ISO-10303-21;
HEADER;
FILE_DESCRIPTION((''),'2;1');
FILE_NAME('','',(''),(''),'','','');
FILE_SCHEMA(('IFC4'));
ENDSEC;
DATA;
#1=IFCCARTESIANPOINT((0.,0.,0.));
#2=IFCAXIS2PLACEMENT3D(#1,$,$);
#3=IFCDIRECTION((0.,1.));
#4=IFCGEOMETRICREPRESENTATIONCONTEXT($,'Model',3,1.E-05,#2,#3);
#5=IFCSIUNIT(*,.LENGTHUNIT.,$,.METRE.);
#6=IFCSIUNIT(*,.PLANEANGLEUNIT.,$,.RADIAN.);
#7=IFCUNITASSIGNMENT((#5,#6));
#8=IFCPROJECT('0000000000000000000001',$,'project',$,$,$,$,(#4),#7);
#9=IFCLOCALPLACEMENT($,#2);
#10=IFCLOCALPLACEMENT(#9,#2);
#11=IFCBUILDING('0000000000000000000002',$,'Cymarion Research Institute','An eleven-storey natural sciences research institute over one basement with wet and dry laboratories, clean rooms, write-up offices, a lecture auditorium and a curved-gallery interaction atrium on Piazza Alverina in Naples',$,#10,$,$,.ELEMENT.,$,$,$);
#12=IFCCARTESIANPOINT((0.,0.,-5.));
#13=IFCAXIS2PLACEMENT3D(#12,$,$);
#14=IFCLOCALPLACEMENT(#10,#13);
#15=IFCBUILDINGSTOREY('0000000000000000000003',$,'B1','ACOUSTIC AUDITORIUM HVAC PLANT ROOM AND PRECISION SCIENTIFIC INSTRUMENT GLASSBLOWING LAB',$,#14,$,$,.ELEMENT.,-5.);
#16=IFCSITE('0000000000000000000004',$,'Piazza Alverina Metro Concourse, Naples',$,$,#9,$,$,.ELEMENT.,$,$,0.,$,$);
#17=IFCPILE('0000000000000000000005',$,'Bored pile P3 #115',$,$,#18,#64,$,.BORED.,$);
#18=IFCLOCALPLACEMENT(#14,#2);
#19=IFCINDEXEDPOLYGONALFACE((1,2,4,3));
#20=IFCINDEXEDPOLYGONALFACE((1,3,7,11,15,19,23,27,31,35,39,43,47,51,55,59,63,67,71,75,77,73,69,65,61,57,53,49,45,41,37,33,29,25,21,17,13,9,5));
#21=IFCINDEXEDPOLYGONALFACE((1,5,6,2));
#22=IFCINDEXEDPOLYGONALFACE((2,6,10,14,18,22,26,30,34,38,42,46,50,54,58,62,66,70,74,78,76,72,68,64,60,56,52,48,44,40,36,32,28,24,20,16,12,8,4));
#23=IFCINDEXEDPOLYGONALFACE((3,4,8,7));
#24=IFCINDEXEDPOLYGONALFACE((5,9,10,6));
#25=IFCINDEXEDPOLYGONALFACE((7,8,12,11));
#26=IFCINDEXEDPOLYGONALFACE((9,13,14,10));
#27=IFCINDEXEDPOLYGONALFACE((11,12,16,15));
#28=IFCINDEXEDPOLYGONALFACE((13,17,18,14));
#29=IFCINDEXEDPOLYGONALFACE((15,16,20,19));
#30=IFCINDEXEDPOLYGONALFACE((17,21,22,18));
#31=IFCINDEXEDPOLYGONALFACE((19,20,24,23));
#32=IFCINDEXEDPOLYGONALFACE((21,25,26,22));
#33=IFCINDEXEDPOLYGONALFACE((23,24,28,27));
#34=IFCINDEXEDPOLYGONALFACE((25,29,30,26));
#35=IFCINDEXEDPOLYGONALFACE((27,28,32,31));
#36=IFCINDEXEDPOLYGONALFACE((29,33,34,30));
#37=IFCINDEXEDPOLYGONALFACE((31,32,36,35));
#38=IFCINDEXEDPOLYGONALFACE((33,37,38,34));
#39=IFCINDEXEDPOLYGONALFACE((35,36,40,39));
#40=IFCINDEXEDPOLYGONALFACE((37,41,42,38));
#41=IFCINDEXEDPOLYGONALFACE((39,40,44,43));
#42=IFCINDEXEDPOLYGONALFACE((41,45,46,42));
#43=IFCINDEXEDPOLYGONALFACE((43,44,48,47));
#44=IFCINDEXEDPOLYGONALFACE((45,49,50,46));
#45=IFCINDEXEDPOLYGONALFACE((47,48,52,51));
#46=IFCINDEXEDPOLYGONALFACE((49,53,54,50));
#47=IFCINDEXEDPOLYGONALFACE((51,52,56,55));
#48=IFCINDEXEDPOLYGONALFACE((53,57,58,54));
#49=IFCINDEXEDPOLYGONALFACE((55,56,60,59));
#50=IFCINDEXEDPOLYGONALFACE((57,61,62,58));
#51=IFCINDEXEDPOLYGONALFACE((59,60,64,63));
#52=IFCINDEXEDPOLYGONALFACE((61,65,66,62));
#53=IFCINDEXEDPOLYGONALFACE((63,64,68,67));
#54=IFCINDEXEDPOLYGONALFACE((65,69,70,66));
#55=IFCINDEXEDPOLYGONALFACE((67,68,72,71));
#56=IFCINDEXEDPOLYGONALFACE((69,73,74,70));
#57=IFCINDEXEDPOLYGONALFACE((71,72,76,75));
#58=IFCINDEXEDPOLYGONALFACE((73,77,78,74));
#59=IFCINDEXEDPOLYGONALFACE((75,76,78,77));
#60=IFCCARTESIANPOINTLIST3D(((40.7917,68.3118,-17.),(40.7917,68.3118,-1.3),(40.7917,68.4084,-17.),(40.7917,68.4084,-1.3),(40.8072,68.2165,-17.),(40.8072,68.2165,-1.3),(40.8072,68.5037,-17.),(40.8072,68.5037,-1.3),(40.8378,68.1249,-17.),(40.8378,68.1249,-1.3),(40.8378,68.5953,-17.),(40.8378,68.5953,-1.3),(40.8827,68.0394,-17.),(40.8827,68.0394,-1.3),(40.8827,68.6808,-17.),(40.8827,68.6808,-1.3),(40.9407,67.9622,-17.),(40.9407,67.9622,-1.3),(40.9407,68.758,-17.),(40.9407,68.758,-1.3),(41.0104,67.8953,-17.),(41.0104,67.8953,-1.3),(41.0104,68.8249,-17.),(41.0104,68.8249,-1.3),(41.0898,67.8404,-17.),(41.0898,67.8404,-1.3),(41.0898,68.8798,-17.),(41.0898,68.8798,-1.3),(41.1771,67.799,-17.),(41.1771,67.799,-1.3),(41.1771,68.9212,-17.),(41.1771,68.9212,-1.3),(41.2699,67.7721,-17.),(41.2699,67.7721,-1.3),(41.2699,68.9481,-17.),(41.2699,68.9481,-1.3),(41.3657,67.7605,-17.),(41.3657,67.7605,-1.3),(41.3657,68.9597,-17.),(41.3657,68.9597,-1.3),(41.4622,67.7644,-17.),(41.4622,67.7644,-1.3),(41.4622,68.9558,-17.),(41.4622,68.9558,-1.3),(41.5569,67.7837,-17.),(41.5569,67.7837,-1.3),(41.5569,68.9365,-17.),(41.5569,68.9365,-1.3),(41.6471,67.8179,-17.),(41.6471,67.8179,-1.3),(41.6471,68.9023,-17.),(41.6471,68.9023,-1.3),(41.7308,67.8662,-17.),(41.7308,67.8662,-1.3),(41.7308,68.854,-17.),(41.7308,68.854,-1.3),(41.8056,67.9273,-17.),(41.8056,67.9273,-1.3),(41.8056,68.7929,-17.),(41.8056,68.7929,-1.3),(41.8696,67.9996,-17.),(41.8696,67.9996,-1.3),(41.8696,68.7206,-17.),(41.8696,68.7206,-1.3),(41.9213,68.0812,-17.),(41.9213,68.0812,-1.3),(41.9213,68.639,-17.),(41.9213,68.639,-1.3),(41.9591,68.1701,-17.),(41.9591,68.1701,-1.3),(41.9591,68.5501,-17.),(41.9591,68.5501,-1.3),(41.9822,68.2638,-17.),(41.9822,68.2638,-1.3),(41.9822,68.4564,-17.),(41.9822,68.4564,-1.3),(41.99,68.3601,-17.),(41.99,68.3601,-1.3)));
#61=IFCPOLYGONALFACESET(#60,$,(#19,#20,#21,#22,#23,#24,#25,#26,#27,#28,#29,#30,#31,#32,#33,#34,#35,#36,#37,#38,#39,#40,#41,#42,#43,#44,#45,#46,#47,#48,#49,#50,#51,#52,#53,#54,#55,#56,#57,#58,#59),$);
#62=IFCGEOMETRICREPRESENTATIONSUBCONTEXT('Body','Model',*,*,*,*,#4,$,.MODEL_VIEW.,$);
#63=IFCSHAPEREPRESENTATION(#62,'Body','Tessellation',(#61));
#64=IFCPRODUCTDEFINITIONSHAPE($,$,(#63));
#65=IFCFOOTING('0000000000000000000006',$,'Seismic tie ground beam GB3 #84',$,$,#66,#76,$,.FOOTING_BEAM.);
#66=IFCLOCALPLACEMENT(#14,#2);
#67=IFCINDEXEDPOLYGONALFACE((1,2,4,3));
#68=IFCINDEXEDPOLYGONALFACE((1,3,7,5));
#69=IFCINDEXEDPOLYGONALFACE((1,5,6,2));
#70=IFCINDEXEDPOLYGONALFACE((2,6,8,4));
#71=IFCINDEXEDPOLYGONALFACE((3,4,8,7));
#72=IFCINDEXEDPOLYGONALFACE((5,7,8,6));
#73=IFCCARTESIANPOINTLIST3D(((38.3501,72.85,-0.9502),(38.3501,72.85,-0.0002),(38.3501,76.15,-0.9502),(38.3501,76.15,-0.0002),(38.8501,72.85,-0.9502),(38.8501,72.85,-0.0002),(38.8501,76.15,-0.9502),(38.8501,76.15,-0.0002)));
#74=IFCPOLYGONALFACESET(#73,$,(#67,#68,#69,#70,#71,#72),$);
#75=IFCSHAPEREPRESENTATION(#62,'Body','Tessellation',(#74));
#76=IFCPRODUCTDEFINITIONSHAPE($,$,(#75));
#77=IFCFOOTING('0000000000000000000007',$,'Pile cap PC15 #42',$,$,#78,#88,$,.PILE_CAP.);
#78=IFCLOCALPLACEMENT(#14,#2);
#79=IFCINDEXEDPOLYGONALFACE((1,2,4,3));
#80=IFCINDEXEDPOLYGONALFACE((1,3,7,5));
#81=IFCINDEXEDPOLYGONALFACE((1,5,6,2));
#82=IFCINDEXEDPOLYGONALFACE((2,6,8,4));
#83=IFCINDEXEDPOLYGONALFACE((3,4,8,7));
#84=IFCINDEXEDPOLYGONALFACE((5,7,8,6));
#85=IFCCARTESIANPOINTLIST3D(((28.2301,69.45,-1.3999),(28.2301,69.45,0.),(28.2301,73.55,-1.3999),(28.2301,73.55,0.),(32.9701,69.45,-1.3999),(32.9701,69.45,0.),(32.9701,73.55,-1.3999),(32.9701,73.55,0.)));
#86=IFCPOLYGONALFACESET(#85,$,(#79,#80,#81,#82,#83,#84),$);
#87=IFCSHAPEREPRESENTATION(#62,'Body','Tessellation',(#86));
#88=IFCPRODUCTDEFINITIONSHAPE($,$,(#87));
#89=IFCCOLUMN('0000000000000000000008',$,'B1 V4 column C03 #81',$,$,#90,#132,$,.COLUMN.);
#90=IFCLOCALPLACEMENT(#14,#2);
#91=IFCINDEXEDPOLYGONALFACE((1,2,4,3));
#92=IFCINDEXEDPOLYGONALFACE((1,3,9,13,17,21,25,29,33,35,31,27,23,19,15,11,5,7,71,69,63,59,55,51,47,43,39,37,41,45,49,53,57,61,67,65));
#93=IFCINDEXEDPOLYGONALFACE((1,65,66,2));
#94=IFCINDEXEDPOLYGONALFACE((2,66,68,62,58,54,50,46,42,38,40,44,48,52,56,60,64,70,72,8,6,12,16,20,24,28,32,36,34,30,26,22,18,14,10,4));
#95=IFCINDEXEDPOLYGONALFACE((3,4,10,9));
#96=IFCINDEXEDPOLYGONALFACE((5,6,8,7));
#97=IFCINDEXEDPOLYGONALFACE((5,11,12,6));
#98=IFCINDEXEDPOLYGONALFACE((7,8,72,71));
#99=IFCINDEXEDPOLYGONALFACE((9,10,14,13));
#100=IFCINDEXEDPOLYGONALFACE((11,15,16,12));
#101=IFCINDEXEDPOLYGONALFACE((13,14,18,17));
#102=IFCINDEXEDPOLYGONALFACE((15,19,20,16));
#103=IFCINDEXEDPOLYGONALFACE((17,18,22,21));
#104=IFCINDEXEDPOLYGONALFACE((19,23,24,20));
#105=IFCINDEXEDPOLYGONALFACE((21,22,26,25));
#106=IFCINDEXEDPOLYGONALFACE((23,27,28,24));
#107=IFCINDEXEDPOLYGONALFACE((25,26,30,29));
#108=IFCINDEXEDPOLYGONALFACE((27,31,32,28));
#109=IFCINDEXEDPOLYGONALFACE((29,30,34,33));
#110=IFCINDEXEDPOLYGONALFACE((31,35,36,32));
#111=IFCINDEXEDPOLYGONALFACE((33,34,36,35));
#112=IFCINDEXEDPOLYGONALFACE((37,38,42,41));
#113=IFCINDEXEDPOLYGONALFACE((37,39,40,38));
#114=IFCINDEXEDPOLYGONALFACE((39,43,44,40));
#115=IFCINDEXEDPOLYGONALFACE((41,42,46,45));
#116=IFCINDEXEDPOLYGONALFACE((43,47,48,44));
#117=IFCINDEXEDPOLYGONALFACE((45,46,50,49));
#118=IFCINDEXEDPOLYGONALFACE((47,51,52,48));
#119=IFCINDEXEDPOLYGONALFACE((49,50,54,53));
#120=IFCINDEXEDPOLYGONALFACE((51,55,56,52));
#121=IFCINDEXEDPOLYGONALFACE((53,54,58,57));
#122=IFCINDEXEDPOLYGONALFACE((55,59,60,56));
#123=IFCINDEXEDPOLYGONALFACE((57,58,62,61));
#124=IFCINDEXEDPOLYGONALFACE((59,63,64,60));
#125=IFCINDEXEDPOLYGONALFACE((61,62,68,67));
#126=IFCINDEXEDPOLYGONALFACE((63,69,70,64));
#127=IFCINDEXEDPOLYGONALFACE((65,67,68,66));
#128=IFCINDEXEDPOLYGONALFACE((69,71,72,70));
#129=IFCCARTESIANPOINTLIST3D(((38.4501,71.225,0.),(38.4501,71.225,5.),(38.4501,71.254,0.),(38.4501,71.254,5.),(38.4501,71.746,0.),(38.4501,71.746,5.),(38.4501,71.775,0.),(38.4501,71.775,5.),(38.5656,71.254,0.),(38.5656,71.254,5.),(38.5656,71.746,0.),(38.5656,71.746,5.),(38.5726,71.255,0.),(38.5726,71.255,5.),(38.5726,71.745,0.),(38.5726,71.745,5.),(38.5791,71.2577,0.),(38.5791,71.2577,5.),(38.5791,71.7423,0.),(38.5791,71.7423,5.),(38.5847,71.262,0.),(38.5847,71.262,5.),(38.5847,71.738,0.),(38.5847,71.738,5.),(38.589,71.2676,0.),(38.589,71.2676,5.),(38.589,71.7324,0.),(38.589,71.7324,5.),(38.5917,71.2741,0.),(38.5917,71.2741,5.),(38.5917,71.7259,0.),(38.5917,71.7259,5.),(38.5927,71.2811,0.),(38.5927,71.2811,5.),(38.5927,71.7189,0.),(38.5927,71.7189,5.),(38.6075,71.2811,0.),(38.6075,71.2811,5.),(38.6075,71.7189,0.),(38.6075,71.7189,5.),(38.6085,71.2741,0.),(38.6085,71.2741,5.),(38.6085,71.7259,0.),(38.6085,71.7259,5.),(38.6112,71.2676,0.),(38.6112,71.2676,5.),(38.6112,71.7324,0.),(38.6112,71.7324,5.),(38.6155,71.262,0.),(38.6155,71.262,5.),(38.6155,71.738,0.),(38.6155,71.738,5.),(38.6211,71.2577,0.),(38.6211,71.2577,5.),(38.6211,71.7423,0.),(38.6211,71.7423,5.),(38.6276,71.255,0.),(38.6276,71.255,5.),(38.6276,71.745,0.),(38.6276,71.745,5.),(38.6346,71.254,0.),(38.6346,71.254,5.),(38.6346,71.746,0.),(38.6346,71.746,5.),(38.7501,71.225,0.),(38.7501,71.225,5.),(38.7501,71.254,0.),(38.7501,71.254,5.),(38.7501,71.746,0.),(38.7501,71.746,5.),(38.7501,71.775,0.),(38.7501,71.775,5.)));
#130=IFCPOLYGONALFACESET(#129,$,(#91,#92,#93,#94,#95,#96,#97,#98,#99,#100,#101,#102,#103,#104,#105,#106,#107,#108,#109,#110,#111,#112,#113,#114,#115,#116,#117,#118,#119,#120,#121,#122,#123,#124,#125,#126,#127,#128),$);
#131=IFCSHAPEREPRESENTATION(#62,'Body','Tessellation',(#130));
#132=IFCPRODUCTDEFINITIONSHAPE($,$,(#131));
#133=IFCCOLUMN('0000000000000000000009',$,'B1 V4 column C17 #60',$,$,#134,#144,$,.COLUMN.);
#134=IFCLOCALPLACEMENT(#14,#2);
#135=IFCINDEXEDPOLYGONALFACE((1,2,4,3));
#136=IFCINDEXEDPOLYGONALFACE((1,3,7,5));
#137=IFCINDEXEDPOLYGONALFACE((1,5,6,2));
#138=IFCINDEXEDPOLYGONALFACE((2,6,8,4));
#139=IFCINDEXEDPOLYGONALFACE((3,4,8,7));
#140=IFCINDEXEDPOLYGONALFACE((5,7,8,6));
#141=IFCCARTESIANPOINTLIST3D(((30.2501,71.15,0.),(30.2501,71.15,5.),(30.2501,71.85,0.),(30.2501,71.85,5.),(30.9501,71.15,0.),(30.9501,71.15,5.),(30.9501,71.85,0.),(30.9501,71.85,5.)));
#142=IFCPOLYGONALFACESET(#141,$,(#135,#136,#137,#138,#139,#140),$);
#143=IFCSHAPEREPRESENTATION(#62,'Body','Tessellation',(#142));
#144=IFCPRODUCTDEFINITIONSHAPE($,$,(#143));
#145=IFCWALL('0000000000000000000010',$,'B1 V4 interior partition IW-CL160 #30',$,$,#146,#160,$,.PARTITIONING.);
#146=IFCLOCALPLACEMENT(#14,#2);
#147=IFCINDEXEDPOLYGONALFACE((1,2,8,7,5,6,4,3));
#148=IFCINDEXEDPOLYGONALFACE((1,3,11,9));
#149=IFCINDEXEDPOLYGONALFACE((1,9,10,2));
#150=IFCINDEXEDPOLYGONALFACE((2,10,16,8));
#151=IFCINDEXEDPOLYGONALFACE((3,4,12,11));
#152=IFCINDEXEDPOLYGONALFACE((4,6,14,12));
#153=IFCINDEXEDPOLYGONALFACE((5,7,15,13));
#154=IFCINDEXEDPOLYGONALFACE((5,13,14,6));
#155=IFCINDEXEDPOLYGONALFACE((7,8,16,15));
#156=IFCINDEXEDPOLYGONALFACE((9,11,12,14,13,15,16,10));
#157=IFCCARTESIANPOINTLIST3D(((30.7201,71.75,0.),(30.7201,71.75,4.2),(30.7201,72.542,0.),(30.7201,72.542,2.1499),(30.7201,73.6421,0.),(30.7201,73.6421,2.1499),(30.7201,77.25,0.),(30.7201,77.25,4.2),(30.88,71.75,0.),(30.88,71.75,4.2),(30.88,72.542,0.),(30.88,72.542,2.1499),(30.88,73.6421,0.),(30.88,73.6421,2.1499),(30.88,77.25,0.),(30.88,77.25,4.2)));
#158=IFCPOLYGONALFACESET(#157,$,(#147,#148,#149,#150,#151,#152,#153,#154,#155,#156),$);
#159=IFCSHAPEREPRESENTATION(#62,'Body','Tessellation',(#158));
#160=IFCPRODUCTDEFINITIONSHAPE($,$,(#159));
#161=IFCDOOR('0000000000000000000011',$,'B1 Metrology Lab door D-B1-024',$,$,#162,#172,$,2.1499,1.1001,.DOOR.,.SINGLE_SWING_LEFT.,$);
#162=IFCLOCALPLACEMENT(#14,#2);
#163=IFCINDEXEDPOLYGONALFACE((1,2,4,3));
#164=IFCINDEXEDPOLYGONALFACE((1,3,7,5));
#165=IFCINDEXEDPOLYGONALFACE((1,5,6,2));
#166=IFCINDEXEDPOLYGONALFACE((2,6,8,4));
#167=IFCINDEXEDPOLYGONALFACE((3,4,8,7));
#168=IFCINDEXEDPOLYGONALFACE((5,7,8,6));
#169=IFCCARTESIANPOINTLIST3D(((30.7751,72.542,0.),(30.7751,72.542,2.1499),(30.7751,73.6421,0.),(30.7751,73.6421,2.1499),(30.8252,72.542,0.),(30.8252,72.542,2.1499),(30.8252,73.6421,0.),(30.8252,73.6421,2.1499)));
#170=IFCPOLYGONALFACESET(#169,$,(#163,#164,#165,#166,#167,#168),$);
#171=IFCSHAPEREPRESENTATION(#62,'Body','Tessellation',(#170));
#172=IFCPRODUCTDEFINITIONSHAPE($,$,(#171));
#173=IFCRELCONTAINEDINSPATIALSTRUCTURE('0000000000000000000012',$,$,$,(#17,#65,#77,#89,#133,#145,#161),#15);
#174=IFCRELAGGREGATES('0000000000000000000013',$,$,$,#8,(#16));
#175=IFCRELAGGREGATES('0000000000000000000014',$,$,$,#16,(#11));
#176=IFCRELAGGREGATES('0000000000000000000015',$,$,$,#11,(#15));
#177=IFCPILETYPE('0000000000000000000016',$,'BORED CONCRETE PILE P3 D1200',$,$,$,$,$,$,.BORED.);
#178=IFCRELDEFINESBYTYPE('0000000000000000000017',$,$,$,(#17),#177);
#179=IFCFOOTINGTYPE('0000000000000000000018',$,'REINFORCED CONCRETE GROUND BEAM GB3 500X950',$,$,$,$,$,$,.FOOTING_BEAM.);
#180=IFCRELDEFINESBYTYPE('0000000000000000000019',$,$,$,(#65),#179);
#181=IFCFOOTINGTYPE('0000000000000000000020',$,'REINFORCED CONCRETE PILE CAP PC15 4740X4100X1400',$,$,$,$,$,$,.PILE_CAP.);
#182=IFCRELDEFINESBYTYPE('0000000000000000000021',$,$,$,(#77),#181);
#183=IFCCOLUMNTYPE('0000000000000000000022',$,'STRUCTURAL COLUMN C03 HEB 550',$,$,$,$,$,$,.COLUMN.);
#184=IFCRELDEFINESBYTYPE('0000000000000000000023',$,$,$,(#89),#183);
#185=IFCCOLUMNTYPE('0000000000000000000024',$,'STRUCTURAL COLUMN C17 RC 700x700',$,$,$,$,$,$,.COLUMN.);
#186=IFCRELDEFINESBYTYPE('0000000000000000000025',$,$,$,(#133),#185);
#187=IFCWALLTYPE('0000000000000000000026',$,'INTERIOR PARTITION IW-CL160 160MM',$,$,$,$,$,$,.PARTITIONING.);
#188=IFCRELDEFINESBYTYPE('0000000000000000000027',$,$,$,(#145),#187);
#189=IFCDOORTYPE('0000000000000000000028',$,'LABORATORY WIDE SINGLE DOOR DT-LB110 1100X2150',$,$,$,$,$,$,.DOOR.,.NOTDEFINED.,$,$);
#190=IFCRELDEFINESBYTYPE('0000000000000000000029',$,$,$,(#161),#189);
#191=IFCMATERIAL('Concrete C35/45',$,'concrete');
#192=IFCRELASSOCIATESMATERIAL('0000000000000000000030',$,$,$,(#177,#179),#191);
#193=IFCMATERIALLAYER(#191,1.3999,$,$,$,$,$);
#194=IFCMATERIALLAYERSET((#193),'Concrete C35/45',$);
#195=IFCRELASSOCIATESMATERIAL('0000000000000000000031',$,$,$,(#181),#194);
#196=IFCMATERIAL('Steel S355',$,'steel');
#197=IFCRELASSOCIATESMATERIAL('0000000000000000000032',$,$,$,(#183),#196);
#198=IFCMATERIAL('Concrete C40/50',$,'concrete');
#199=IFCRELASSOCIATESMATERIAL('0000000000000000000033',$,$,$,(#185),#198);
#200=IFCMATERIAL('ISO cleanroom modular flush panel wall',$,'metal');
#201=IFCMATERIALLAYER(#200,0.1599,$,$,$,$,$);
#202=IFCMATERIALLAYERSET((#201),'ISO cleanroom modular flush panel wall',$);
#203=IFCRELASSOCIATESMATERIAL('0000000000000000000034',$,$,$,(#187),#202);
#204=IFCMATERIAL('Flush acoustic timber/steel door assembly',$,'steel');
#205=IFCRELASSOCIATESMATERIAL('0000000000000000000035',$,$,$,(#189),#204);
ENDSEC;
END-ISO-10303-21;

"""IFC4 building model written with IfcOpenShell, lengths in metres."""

from ifc_helpers import new_model, si_unit, direction, frame, frame_2d, origin, origin_2d, place, context, subcontext, project, spatial, rectangle, circle, i_section, extrude, material, layer, layer_set, material_profile, profile_set, type_object, element, fill, save


model = new_model("IFC4")

# Units and contexts
model_context = context("Model", 3, precision=1e-05, world=origin(), true_north=direction((0.0, 1.0)))
body_context = subcontext(model_context, "Body", "Model", "MODEL_VIEW")
ifc_project = project(units=[si_unit("LENGTHUNIT", "METRE"), si_unit("PLANEANGLEUNIT", "RADIAN")], contexts=[model_context])

# Site, building, storey
site_placement = place(None, origin())
site = spatial("IfcSite", under=ifc_project, at=site_placement, Name="Piazza Alverina Metro Concourse, Naples", CompositionType="ELEMENT", RefElevation=0.0)
building_placement = place(site_placement, origin())
building = spatial("IfcBuilding", under=site, at=building_placement, Name="Cymarion Research Institute", Description="An eleven-storey natural sciences research institute over one basement with wet and dry laboratories, clean rooms, write-up offices, a lecture auditorium and a curved-gallery interaction atrium on Piazza Alverina in Naples", CompositionType="ELEMENT")
storey_placement = place(building_placement, frame((0.0, 0.0, -5.0)))
storey = spatial("IfcBuildingStorey", under=building, at=storey_placement, Name="B1", Description="ACOUSTIC AUDITORIUM HVAC PLANT ROOM AND PRECISION SCIENTIFIC INSTRUMENT GLASSBLOWING LAB", CompositionType="ELEMENT", Elevation=-5.0)

# Pile
ifc_material_1 = material(Name="Concrete C35/45", Category="concrete")
ifc_material_profile_1 = material_profile(ifc_material_1, circle(Radius=0.6001, at=origin_2d()), Name="BORED PILE D1200")
ifc_profile_set_1 = profile_set([ifc_material_profile_1], Name="Concrete C35/45")
pile_type_1 = type_object("IfcPileType", Name="BORED CONCRETE PILE P3 D1200", PredefinedType="BORED", material=ifc_profile_set_1)
for number, where, z_axis, x_axis, name in (
    (1, (41.3899, 68.3601, -1.3), (0.0, 0.0, -1.0), (1.0, 0.0, 0.0), "Bored pile P3 #115"),
):
    element("IfcPile", number, at=place(storey_placement, frame(where, z_axis=z_axis, x_axis=x_axis)), inside=storey, type_object=pile_type_1, Name=name, PredefinedType="BORED", context=body_context, shape_type="SweptSolid", body=[
        extrude(circle(Radius=0.6001, at=origin_2d()), origin(), (0.0, 0.0, 1.0), 15.7),
    ])

# Footings
footing_type_1 = type_object("IfcFootingType", Name="REINFORCED CONCRETE GROUND BEAM GB3 500X950", PredefinedType="FOOTING_BEAM", material=ifc_material_1)
footing_1_placement = place(storey_placement, frame((38.6001, 74.5, -0.9502), z_axis=(0.0, 0.0, 1.0), x_axis=(0.0, 1.0, 0.0)))
element("IfcFooting", 2, at=footing_1_placement, inside=storey, type_object=footing_type_1, Name="Seismic tie ground beam GB3 #84", PredefinedType="FOOTING_BEAM", context=body_context, shape_type="SweptSolid", body=[
    extrude(rectangle(XDim=3.3, YDim=0.5, at=origin_2d()), origin(), (0.0, 0.0, 1.0), 0.95),
])
ifc_layer_1 = layer(ifc_material_1, 1.3999)
ifc_layer_set_1 = layer_set([ifc_layer_1], Name="Concrete C35/45")
footing_type_2 = type_object("IfcFootingType", Name="REINFORCED CONCRETE PILE CAP PC15 4740X4100X1400", PredefinedType="PILE_CAP", material=ifc_layer_set_1)
footing_2_placement = place(storey_placement, frame((30.6001, 71.5, -1.3999), z_axis=(0.0, 0.0, 1.0), x_axis=(1.0, 0.0, 0.0)))
element("IfcFooting", 3, at=footing_2_placement, inside=storey, type_object=footing_type_2, Name="Pile cap PC15 #42", PredefinedType="PILE_CAP", context=body_context, shape_type="SweptSolid", body=[
    extrude(rectangle(XDim=4.74, YDim=4.1001, at=origin_2d()), origin(), (0.0, 0.0, 1.0), 1.3999),
])

# Columns
ifc_material_2 = material(Name="Steel S355", Category="steel")
ifc_material_profile_2 = material_profile(ifc_material_2, i_section(OverallWidth=0.3, OverallDepth=0.55, WebThickness=0.0149, FlangeThickness=0.0291, FilletRadius=0.0271, at=origin_2d()), Name="HEB 550")
ifc_profile_set_2 = profile_set([ifc_material_profile_2], Name="Steel S355")
column_type_1 = type_object("IfcColumnType", Name="STRUCTURAL COLUMN C03 HEB 550", PredefinedType="COLUMN", material=ifc_profile_set_2)
column_1_placement = place(storey_placement, frame((38.6001, 71.5, 0.0), z_axis=(0.0, 0.0, 1.0), x_axis=(1.0, 0.0, 0.0)))
element("IfcColumn", 4, at=column_1_placement, inside=storey, type_object=column_type_1, Name="B1 V4 column C03 #81", PredefinedType="COLUMN", context=body_context, shape_type="SweptSolid", body=[
    extrude(i_section(OverallWidth=0.3, OverallDepth=0.55, WebThickness=0.0149, FlangeThickness=0.0291, FilletRadius=0.0271, at=origin_2d()), origin(), (0.0, 0.0, 1.0), 5.0),
])
ifc_material_3 = material(Name="Concrete C40/50", Category="concrete")
ifc_material_profile_3 = material_profile(ifc_material_3, rectangle(XDim=0.7, YDim=0.7, at=origin_2d()), Name="RC 700x700")
ifc_profile_set_3 = profile_set([ifc_material_profile_3], Name="Concrete C40/50")
column_type_2 = type_object("IfcColumnType", Name="STRUCTURAL COLUMN C17 RC 700x700", PredefinedType="COLUMN", material=ifc_profile_set_3)
column_2_placement = place(storey_placement, frame((30.6001, 71.5, 0.0), z_axis=(0.0, 0.0, 1.0), x_axis=(1.0, 0.0, 0.0)))
element("IfcColumn", 5, at=column_2_placement, inside=storey, type_object=column_type_2, Name="B1 V4 column C17 #60", PredefinedType="COLUMN", context=body_context, shape_type="SweptSolid", body=[
    extrude(rectangle(XDim=0.7, YDim=0.7, at=origin_2d()), origin(), (0.0, 0.0, 1.0), 5.0),
])

# Wall, opening, door
ifc_material_4 = material(Name="ISO cleanroom modular flush panel wall", Category="metal")
ifc_layer_2 = layer(ifc_material_4, 0.1599)
ifc_layer_set_2 = layer_set([ifc_layer_2], Name="ISO cleanroom modular flush panel wall")
wall_type_1 = type_object("IfcWallType", Name="INTERIOR PARTITION IW-CL160 160MM", PredefinedType="PARTITIONING", material=ifc_layer_set_2)
wall_1_placement = place(storey_placement, frame((30.8, 71.75, 0.0), z_axis=(0.0, 0.0, 1.0), x_axis=(0.0, 1.0, 0.0)))
wall_1 = element("IfcWall", 6, at=wall_1_placement, inside=storey, type_object=wall_type_1, Name="B1 V4 interior partition IW-CL160 #30", PredefinedType="PARTITIONING", context=body_context, shape_type="SweptSolid", body=[
    extrude(rectangle(XDim=5.5, YDim=0.1599, at=frame_2d((2.75, 0.0))), origin(), (0.0, 0.0, 1.0), 4.2),
])
opening_1_placement = place(wall_1_placement, frame((0.792, 0.0, 0.0)))
opening_1 = element("IfcOpeningElement", 7, at=opening_1_placement, cuts=wall_1, PredefinedType="OPENING", context=body_context, shape_type="SweptSolid", body=[
    extrude(rectangle(XDim=1.1001, YDim=2.1499, at=frame_2d((0.55, 1.075))), frame((0.0, 0.0898, 0.0), z_axis=(0.0, -1.0, 0.0), x_axis=(1.0, 0.0, 0.0)), (0.0, 0.0, 1.0), 0.1799),
])
ifc_material_5 = material(Name="Flush acoustic timber/steel door assembly", Category="steel")
door_type_1 = type_object("IfcDoorType", Name="LABORATORY WIDE SINGLE DOOR DT-LB110 1100X2150", OperationType="NOTDEFINED", PredefinedType="DOOR", material=ifc_material_5)
door_1_placement = place(opening_1_placement, origin())
door_1 = element("IfcDoor", 8, at=door_1_placement, inside=storey, type_object=door_type_1, Name="B1 Metrology Lab door D-B1-024", OperationType="SINGLE_SWING_LEFT", OverallHeight=2.1499, OverallWidth=1.1001, PredefinedType="DOOR", context=body_context, shape_type="SweptSolid", body=[
    extrude(rectangle(XDim=1.1001, YDim=2.1499, at=frame_2d((0.55, 1.075))), frame((0.0, 0.0249, 0.0), z_axis=(0.0, -1.0, 0.0), x_axis=(1.0, 0.0, 0.0)), (0.0, 0.0, 1.0), 0.05),
])
fill(opening_1, door_1)

save(model, "model.ifc")
